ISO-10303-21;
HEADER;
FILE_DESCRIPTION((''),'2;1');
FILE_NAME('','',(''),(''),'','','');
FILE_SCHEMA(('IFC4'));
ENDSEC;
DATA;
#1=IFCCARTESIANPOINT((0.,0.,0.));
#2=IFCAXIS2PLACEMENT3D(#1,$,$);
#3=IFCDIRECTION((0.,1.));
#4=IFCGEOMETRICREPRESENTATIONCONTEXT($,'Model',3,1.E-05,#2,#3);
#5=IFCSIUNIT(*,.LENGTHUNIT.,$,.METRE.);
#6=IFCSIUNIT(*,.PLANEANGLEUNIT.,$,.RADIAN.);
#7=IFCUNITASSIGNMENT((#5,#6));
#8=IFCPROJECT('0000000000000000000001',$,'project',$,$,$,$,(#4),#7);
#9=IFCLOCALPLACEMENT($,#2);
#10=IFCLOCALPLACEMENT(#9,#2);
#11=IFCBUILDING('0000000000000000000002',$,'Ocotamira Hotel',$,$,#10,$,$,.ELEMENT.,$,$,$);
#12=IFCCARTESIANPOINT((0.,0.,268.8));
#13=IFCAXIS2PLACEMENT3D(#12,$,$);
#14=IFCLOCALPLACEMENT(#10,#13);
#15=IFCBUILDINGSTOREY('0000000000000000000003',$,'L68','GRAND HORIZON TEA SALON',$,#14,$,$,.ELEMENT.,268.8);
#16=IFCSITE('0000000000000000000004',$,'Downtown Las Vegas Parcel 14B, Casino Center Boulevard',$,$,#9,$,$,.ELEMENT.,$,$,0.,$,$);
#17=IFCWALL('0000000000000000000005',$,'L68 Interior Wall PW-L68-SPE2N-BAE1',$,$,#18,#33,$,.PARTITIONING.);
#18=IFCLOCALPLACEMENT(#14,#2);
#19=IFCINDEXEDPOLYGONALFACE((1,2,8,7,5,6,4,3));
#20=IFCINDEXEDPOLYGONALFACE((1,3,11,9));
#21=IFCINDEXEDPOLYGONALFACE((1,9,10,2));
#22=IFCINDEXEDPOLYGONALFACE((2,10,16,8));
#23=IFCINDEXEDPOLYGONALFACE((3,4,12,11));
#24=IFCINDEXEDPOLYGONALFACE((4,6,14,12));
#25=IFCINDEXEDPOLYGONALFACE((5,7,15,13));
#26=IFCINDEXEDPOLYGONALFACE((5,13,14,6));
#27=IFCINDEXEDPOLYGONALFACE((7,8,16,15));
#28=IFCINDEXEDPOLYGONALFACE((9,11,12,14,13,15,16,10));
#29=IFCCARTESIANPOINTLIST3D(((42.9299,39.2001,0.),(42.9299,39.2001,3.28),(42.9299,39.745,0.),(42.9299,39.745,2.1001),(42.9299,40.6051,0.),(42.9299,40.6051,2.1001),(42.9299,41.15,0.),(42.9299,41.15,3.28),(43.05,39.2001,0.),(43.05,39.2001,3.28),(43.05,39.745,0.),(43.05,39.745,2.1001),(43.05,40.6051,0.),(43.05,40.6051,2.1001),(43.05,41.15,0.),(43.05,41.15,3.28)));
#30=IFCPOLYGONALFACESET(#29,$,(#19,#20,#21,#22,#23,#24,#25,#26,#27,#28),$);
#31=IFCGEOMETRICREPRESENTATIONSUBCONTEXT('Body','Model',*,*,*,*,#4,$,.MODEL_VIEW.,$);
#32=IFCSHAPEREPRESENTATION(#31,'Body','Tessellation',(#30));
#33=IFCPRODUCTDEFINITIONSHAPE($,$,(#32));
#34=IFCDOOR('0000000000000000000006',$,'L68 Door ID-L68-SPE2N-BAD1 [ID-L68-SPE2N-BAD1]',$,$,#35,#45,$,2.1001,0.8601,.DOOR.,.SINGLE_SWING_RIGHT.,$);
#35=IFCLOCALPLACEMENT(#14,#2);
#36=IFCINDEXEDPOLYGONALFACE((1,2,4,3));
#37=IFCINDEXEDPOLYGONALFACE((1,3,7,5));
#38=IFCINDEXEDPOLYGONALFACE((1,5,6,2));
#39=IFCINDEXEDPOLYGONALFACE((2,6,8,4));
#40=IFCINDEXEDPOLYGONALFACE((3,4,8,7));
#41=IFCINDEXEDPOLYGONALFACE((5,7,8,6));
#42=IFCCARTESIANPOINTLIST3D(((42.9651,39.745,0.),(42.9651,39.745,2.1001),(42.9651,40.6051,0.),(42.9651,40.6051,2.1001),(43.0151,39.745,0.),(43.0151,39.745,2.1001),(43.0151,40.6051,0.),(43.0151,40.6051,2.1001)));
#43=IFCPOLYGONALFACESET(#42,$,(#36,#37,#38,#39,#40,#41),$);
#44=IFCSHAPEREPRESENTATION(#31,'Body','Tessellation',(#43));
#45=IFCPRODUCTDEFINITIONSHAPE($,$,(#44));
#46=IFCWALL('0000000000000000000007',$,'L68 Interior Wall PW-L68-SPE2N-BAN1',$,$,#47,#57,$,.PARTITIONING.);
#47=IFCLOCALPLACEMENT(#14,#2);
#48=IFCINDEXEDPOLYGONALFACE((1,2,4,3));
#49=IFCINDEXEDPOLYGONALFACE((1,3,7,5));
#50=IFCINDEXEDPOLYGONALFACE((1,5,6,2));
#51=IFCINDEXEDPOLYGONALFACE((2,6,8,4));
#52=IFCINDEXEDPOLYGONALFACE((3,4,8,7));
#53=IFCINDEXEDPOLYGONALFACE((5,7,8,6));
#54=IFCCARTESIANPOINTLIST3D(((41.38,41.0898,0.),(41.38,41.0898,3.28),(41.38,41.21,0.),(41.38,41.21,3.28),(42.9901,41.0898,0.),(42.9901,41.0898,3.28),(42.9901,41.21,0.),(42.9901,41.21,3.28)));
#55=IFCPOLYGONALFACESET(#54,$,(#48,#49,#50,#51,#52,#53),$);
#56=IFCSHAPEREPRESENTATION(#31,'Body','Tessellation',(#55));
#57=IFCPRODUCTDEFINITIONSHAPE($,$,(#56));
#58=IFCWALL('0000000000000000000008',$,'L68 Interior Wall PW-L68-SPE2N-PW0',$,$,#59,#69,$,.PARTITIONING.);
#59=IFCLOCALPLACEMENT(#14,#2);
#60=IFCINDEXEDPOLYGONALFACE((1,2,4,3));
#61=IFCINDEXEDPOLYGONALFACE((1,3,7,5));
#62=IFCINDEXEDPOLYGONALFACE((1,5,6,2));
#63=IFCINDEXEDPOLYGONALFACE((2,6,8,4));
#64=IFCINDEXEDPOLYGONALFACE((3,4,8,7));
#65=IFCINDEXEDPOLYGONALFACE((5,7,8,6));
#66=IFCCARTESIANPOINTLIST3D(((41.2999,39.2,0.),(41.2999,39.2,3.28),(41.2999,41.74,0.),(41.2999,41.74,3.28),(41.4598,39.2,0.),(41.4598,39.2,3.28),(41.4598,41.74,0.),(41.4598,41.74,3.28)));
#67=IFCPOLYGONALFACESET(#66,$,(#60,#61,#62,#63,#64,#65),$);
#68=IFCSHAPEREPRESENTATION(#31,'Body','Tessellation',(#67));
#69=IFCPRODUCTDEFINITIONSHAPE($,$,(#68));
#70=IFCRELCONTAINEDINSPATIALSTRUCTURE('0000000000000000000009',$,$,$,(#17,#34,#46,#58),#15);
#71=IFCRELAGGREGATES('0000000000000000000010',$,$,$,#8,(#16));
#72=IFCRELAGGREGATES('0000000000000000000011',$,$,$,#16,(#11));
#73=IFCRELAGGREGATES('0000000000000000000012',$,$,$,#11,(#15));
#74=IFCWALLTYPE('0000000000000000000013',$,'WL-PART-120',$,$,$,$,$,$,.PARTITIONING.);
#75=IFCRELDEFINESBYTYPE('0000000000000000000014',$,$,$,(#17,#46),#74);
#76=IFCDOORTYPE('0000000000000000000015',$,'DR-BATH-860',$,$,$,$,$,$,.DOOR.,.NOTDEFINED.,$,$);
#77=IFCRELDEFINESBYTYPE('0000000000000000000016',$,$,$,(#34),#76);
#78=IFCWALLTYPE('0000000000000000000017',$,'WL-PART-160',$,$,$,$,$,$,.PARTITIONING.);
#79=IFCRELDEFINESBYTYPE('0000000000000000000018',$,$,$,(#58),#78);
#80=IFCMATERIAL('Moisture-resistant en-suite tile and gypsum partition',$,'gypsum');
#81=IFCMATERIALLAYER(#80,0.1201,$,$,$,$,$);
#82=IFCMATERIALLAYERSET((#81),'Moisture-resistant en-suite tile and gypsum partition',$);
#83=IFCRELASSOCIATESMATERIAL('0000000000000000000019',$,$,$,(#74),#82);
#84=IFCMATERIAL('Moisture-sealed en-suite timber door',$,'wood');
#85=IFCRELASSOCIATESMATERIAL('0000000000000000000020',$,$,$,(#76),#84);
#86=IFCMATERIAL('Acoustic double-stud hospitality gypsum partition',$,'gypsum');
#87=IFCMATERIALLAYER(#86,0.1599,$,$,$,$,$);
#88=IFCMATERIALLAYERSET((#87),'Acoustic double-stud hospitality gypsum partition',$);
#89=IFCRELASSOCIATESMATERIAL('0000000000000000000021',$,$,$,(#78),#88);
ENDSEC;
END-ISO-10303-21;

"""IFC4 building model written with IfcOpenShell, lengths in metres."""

from ifc_helpers import new_model, si_unit, direction, frame, frame_2d, origin, place, context, subcontext, project, spatial, rectangle, extrude, source, transform, mapped, material, layer, layer_set, type_object, element, fill, save


model = new_model("IFC4")

# Units and contexts
model_context = context("Model", 3, precision=1e-05, world=origin(), true_north=direction((0.0, 1.0)))
body_context = subcontext(model_context, "Body", "Model", "MODEL_VIEW")
ifc_project = project(units=[si_unit("LENGTHUNIT", "METRE"), si_unit("PLANEANGLEUNIT", "RADIAN")], contexts=[model_context])

# Site, building, storey
site_placement = place(None, origin())
site = spatial("IfcSite", under=ifc_project, at=site_placement, Name="Downtown Las Vegas Parcel 14B, Casino Center Boulevard", CompositionType="ELEMENT", RefElevation=0.0)
building_placement = place(site_placement, origin())
building = spatial("IfcBuilding", under=site, at=building_placement, Name="Ocotamira Hotel", CompositionType="ELEMENT")
storey_placement = place(building_placement, frame((0.0, 0.0, 268.8)))
storey = spatial("IfcBuildingStorey", under=building, at=storey_placement, Name="L68", Description="GRAND HORIZON TEA SALON", CompositionType="ELEMENT", Elevation=268.8)

# Wall, opening, door
ifc_material_1 = material(Name="Moisture-resistant en-suite tile and gypsum partition", Category="gypsum")
ifc_layer_1 = layer(ifc_material_1, 0.1201)
ifc_layer_set_1 = layer_set([ifc_layer_1], Name="Moisture-resistant en-suite tile and gypsum partition")
wall_type_1 = type_object("IfcWallType", Name="WL-PART-120", PredefinedType="PARTITIONING", material=ifc_layer_set_1)
wall_1_placement = place(storey_placement, frame((42.99, 39.2, 0.0), z_axis=(0.0, 0.0, 1.0), x_axis=(0.0, 1.0, 0.0)))
wall_1 = element("IfcWall", 1, at=wall_1_placement, inside=storey, type_object=wall_type_1, Name="L68 Interior Wall PW-L68-SPE2N-BAE1", PredefinedType="PARTITIONING", context=body_context, shape_type="SweptSolid", body=[
    extrude(rectangle(XDim=1.95, YDim=0.1201, at=frame_2d((0.9751, 0.0))), origin(), (0.0, 0.0, 1.0), 3.28),
])
opening_1_placement = place(wall_1_placement, frame((0.5449, 0.0, 0.0)))
opening_1 = element("IfcOpeningElement", 2, at=opening_1_placement, cuts=wall_1, PredefinedType="OPENING", context=body_context, shape_type="SweptSolid", body=[
    extrude(rectangle(XDim=0.8601, YDim=2.1001, at=frame_2d((0.4302, 1.05))), frame((0.0, 0.0701, 0.0), z_axis=(0.0, -1.0, 0.0), x_axis=(1.0, 0.0, 0.0)), (0.0, 0.0, 1.0), 0.1401),
])
ifc_material_2 = material(Name="Moisture-sealed en-suite timber door", Category="wood")
door_type_1 = type_object("IfcDoorType", Name="DR-BATH-860", OperationType="NOTDEFINED", PredefinedType="DOOR", material=ifc_material_2)
shared_shape_1 = source(origin(), body_context, "Body", "SweptSolid", [
    extrude(rectangle(XDim=0.8601, YDim=2.1001, at=frame_2d((0.4302, 1.05))), frame((0.0, 0.0249, 0.0), z_axis=(0.0, -1.0, 0.0), x_axis=(1.0, 0.0, 0.0)), (0.0, 0.0, 1.0), 0.05),
])
door_1_placement = place(opening_1_placement, origin())
door_1 = element("IfcDoor", 3, at=door_1_placement, inside=storey, type_object=door_type_1, Name="L68 Door ID-L68-SPE2N-BAD1 [ID-L68-SPE2N-BAD1]", OperationType="SINGLE_SWING_RIGHT", OverallHeight=2.1001, OverallWidth=0.8601, PredefinedType="DOOR", context=body_context, shape_type="MappedRepresentation", body=[
    mapped(shared_shape_1, transform((0.0, 0.0, 0.0), scale=1.0)),
])
fill(opening_1, door_1)

# Walls
wall_2_placement = place(storey_placement, frame((41.3799, 41.1499, 0.0), z_axis=(0.0, 0.0, 1.0), x_axis=(1.0, 0.0, 0.0)))
element("IfcWall", 4, at=wall_2_placement, inside=storey, type_object=wall_type_1, Name="L68 Interior Wall PW-L68-SPE2N-BAN1", PredefinedType="PARTITIONING", context=body_context, shape_type="SweptSolid", body=[
    extrude(rectangle(XDim=1.6101, YDim=0.1201, at=frame_2d((0.8052, 0.0))), origin(), (0.0, 0.0, 1.0), 3.28),
])
ifc_material_3 = material(Name="Acoustic double-stud hospitality gypsum partition", Category="gypsum")
ifc_layer_2 = layer(ifc_material_3, 0.1599)
ifc_layer_set_2 = layer_set([ifc_layer_2], Name="Acoustic double-stud hospitality gypsum partition")
wall_type_2 = type_object("IfcWallType", Name="WL-PART-160", PredefinedType="PARTITIONING", material=ifc_layer_set_2)
wall_3_placement = place(storey_placement, frame((41.3799, 39.2, 0.0), z_axis=(0.0, 0.0, 1.0), x_axis=(0.0, 1.0, 0.0)))
element("IfcWall", 5, at=wall_3_placement, inside=storey, type_object=wall_type_2, Name="L68 Interior Wall PW-L68-SPE2N-PW0", PredefinedType="PARTITIONING", context=body_context, shape_type="SweptSolid", body=[
    extrude(rectangle(XDim=2.54, YDim=0.1599, at=frame_2d((1.27, 0.0))), origin(), (0.0, 0.0, 1.0), 3.28),
])

save(model, "model.ifc")
